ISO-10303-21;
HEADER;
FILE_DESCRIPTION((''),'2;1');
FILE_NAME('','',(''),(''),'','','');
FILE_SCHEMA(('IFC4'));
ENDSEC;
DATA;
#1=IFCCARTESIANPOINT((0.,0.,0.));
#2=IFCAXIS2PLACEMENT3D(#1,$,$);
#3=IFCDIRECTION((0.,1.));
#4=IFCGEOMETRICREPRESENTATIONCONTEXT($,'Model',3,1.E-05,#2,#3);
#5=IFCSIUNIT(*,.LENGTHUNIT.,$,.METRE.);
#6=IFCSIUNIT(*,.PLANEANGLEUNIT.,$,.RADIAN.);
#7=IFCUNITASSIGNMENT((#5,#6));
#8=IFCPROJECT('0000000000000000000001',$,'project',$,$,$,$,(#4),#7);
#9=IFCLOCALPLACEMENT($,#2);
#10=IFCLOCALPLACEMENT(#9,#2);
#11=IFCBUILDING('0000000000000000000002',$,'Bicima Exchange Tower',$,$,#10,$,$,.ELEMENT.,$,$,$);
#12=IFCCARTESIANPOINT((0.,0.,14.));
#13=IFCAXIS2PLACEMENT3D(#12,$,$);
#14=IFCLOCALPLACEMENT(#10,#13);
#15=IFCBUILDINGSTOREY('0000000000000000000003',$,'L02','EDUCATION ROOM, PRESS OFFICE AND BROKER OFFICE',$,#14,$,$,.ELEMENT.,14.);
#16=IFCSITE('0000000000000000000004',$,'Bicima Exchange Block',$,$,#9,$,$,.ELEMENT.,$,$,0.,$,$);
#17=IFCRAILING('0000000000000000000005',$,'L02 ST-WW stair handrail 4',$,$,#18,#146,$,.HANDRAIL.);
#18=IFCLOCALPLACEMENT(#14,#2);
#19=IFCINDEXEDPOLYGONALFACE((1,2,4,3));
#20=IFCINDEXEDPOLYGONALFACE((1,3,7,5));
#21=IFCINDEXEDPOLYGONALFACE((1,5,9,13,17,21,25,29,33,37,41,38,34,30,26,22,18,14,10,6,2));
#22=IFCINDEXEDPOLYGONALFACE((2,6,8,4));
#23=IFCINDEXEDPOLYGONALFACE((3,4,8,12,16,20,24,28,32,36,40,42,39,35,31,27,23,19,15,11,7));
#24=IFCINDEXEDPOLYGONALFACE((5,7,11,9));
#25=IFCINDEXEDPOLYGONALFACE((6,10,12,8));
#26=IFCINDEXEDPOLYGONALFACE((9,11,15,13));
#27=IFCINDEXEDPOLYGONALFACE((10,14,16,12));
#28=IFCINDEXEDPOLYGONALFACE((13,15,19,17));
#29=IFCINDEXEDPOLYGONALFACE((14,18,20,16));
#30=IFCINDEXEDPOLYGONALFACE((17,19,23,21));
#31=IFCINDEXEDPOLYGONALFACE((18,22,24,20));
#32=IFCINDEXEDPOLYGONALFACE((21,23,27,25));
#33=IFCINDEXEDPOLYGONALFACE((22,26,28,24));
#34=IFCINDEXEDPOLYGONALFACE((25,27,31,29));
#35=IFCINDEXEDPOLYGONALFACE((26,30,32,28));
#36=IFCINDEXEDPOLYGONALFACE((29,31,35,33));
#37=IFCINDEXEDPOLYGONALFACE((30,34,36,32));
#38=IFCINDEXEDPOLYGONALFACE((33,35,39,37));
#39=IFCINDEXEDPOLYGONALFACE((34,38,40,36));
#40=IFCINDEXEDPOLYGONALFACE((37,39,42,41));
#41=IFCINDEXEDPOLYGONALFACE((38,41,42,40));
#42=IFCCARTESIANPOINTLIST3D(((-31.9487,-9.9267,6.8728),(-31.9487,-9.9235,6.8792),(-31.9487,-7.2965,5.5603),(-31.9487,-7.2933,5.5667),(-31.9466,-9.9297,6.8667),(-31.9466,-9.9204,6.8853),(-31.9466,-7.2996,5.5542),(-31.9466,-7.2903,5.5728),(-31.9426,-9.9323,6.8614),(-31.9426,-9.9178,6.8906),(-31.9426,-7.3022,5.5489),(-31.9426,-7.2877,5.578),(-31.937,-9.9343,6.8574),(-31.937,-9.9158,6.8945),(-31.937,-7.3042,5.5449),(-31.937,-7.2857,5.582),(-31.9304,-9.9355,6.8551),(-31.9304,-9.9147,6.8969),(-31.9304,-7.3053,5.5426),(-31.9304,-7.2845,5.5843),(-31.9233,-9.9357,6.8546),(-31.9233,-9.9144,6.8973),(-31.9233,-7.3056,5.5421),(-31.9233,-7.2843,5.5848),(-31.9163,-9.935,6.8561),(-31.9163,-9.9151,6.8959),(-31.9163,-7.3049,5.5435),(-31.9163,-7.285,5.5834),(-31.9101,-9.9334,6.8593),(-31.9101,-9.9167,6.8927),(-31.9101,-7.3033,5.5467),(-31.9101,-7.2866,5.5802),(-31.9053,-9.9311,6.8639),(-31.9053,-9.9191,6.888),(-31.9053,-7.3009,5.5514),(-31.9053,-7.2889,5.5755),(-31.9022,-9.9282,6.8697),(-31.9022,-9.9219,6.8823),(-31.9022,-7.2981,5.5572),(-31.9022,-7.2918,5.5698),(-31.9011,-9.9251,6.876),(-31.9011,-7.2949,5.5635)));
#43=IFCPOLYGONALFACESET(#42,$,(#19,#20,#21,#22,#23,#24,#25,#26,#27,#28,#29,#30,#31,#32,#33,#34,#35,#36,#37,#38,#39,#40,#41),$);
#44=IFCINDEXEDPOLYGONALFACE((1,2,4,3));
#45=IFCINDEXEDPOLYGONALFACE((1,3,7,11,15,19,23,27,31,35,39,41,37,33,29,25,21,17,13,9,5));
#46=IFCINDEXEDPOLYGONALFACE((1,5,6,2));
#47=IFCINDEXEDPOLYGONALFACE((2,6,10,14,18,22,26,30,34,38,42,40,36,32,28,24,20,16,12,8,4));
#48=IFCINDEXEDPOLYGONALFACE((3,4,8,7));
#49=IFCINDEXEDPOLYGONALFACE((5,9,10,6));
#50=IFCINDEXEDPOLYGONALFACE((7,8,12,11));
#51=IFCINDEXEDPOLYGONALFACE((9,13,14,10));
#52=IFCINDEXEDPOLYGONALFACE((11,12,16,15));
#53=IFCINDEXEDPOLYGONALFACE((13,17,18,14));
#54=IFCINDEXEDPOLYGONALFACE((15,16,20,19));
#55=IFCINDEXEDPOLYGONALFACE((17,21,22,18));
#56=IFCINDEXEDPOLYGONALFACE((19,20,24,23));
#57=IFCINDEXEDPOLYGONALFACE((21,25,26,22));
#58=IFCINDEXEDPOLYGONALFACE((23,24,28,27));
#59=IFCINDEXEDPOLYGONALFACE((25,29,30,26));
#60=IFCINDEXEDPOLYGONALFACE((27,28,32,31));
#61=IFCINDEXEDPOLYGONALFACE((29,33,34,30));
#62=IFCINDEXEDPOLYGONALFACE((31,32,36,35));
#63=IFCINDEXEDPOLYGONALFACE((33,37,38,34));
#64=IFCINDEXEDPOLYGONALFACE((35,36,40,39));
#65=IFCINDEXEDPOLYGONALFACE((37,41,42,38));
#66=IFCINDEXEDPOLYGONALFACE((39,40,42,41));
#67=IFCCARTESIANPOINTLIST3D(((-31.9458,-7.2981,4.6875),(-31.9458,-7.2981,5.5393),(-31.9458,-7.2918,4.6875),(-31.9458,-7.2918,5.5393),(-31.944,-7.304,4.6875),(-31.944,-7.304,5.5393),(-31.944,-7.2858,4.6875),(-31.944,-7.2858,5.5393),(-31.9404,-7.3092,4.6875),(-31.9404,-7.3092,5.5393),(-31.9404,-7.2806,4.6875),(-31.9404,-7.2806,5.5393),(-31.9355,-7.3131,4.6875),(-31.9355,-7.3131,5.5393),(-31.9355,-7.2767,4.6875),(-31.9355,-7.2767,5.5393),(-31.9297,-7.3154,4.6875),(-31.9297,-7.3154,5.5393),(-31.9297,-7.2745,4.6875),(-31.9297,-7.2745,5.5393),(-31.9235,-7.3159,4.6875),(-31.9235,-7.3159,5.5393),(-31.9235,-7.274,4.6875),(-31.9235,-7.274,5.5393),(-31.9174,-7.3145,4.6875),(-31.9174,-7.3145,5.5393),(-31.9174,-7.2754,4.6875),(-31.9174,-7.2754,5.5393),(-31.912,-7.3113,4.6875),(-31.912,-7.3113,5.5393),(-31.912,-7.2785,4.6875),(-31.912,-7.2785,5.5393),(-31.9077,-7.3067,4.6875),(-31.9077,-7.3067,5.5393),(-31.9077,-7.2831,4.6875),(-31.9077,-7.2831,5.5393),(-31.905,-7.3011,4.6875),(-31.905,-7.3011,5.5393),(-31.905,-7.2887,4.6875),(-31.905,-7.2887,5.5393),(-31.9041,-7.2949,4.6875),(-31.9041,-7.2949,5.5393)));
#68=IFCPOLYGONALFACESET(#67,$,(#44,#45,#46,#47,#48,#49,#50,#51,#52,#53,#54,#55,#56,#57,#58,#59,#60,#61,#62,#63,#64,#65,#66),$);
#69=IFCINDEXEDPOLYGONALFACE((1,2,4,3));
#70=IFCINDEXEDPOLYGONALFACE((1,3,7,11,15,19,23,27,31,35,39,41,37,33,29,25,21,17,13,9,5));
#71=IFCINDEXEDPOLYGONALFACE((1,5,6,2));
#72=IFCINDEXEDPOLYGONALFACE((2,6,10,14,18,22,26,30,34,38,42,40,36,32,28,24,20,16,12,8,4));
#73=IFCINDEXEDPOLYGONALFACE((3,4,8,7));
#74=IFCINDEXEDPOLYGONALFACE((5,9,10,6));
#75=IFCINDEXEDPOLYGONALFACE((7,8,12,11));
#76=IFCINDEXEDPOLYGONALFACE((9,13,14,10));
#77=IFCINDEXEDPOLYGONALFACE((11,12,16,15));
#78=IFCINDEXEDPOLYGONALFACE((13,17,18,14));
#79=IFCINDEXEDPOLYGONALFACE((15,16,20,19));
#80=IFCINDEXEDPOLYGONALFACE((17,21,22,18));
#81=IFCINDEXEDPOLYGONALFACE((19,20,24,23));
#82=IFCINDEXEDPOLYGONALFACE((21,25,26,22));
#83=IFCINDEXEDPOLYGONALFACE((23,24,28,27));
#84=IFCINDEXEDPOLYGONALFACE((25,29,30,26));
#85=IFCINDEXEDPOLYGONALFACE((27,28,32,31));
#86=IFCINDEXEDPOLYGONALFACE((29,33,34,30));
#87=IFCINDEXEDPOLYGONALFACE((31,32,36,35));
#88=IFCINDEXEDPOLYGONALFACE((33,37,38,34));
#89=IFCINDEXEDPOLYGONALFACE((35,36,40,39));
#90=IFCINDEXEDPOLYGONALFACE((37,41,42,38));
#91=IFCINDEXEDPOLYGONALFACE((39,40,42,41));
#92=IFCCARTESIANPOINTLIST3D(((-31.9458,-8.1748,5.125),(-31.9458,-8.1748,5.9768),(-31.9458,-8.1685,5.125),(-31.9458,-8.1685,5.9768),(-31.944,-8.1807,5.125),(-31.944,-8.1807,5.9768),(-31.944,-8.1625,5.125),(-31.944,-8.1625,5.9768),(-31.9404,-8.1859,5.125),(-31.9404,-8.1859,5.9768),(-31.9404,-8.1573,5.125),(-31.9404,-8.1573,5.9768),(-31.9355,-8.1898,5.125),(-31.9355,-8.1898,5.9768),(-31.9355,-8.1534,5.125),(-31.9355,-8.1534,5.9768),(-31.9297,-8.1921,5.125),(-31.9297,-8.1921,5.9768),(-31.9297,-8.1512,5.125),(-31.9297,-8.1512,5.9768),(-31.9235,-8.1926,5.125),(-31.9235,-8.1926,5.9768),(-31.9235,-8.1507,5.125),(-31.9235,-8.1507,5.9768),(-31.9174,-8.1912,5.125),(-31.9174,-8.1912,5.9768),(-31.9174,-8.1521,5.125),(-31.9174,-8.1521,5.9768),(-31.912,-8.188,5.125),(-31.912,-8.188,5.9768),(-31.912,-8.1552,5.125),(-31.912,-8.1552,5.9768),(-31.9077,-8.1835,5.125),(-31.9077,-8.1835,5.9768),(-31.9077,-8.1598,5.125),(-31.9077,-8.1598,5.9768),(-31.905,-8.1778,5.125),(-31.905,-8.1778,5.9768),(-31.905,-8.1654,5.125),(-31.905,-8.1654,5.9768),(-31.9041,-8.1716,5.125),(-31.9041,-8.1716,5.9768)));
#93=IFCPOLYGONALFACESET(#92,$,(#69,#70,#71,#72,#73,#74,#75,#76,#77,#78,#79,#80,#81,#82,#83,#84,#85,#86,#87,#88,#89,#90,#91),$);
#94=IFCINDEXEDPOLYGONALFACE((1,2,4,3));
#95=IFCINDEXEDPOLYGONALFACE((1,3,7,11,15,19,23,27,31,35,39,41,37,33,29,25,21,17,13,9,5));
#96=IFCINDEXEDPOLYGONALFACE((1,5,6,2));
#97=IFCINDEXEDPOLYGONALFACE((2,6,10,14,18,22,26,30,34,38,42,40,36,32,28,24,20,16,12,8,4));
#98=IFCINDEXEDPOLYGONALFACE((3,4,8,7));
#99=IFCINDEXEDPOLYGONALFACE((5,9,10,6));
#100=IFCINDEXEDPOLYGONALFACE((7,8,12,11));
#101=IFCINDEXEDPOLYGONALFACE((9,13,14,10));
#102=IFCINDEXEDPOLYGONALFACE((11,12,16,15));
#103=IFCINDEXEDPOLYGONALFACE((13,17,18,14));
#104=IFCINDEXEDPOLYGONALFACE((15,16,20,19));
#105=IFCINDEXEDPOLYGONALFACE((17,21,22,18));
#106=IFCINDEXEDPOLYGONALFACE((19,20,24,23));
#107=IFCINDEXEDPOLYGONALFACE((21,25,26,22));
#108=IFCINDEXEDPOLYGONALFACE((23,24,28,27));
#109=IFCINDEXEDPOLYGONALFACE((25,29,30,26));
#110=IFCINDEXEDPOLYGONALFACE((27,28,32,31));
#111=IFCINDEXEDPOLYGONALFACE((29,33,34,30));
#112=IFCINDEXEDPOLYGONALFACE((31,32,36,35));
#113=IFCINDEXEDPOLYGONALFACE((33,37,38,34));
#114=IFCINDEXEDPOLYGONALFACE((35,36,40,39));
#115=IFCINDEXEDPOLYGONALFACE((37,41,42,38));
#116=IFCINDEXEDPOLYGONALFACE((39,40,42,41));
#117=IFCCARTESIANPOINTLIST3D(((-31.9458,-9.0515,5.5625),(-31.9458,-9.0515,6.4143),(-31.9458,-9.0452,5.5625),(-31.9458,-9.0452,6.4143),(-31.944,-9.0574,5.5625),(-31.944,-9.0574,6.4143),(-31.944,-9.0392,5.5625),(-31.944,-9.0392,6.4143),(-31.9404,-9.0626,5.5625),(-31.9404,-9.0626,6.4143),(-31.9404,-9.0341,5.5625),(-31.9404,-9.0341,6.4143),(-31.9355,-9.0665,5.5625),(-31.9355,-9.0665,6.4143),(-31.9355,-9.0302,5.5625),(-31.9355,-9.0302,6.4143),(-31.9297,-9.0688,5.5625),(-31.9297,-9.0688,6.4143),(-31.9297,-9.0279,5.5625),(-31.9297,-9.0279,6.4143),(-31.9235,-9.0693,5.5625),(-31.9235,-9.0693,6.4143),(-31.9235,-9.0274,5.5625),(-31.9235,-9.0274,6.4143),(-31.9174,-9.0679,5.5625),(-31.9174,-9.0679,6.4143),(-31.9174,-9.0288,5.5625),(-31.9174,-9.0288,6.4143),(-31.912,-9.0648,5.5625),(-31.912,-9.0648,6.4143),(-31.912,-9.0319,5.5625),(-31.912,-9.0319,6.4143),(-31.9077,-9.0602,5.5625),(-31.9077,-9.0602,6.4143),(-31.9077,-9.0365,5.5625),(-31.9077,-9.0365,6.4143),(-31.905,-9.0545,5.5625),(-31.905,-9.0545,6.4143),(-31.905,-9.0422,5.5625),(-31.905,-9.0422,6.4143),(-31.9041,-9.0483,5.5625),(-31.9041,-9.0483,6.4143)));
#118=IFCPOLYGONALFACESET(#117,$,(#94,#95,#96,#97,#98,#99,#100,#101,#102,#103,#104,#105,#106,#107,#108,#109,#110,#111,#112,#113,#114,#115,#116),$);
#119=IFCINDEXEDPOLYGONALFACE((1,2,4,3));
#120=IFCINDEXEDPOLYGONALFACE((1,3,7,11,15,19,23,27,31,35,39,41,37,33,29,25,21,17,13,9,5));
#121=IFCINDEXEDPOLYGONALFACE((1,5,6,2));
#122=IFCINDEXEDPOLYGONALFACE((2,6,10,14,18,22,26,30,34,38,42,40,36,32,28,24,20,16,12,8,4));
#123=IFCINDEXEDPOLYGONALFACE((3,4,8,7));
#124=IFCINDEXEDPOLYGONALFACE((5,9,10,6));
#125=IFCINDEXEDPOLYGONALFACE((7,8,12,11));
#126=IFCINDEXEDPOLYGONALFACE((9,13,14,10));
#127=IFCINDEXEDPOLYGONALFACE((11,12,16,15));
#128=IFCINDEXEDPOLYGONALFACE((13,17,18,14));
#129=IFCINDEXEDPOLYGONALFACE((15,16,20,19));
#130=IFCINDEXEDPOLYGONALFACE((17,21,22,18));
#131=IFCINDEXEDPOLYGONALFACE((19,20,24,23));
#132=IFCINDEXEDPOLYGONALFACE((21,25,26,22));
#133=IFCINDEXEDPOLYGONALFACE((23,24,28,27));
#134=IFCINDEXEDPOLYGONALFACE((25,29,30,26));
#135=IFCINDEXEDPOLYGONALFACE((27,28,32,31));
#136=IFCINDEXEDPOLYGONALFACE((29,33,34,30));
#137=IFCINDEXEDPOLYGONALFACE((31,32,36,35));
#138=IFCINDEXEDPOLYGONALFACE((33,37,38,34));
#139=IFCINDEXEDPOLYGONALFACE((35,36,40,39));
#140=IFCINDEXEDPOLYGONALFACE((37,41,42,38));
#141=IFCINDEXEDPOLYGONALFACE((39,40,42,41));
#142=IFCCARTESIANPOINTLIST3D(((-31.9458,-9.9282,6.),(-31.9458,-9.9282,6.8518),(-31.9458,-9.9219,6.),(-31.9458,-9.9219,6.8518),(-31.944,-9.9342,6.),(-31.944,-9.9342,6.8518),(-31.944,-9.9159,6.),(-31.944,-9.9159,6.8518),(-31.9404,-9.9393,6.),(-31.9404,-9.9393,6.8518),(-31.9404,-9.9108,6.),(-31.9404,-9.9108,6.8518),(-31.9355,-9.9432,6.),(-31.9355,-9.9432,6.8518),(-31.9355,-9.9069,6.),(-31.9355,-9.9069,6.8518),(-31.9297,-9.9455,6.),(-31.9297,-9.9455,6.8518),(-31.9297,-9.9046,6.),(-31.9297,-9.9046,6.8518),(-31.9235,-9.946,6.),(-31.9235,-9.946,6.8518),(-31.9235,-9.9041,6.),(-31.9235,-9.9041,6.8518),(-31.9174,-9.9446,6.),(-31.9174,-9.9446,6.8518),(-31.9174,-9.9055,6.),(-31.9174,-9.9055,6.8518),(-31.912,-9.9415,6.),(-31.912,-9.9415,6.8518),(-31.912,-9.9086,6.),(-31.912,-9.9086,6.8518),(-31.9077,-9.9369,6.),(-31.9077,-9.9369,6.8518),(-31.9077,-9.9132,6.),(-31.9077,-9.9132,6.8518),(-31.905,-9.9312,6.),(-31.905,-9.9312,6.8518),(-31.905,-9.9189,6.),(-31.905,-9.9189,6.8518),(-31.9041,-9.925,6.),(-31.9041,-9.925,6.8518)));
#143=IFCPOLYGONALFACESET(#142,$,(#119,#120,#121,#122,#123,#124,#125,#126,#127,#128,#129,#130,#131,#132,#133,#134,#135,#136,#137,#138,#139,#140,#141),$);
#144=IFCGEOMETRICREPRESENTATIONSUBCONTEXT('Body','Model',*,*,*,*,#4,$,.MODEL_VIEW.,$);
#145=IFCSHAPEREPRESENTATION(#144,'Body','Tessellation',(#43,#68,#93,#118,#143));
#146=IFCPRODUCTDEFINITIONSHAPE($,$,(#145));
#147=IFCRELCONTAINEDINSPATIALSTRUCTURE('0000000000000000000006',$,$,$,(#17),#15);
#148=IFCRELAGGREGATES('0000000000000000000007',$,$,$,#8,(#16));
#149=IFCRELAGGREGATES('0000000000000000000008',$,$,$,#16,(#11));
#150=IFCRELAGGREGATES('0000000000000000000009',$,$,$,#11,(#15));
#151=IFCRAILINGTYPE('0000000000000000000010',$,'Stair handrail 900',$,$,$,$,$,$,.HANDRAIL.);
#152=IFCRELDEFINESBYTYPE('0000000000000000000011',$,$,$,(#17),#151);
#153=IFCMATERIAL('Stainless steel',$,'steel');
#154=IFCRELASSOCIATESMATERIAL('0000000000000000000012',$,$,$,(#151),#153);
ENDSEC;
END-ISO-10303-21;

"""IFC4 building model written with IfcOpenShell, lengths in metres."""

from ifc_helpers import new_model, si_unit, direction, frame, origin, origin_2d, place, context, subcontext, project, spatial, circle, extrude, material, type_object, element, save


model = new_model("IFC4")

# Units and contexts
model_context = context("Model", 3, precision=1e-05, world=origin(), true_north=direction((0.0, 1.0)))
body_context = subcontext(model_context, "Body", "Model", "MODEL_VIEW")
ifc_project = project(units=[si_unit("LENGTHUNIT", "METRE"), si_unit("PLANEANGLEUNIT", "RADIAN")], contexts=[model_context])

# Site, building, storey
site_placement = place(None, origin())
site = spatial("IfcSite", under=ifc_project, at=site_placement, Name="Bicima Exchange Block", CompositionType="ELEMENT", RefElevation=0.0)
building_placement = place(site_placement, origin())
building = spatial("IfcBuilding", under=site, at=building_placement, Name="Bicima Exchange Tower", CompositionType="ELEMENT")
storey_placement = place(building_placement, frame((0.0, 0.0, 14.0)))
storey = spatial("IfcBuildingStorey", under=building, at=storey_placement, Name="L02", Description="EDUCATION ROOM, PRESS OFFICE AND BROKER OFFICE", CompositionType="ELEMENT", Elevation=14.0)

# Railing
ifc_material_1 = material(Name="Stainless steel", Category="steel")
railing_type_1 = type_object("IfcRailingType", Name="Stair handrail 900", PredefinedType="HANDRAIL", material=ifc_material_1)
railing_1_placement = place(storey_placement, frame((-31.925, -7.2949, 4.6875)))
element("IfcRailing", 1, at=railing_1_placement, inside=storey, type_object=railing_type_1, Name="L02 ST-WW stair handrail 4", PredefinedType="HANDRAIL", context=body_context, shape_type="SweptSolid", body=[
    extrude(circle(Radius=0.0239, at=origin_2d()), frame((0.0, 0.0, 0.876), z_axis=(0.0, -0.894776, 0.446516), x_axis=(1.0, 0.0, 0.0)), (0.0, 0.0, 1.0), 2.9395),
    extrude(circle(Radius=0.021, at=origin_2d()), origin(), (0.0, 0.0, 1.0), 0.8518),
    extrude(circle(Radius=0.021, at=origin_2d()), frame((0.0, -0.8767, 0.4375)), (0.0, 0.0, 1.0), 0.8518),
    extrude(circle(Radius=0.021, at=origin_2d()), frame((0.0, -1.7534, 0.875)), (0.0, 0.0, 1.0), 0.8518),
    extrude(circle(Radius=0.021, at=origin_2d()), frame((0.0, -2.6301, 1.3125)), (0.0, 0.0, 1.0), 0.8518),
])

save(model, "model.ifc")
